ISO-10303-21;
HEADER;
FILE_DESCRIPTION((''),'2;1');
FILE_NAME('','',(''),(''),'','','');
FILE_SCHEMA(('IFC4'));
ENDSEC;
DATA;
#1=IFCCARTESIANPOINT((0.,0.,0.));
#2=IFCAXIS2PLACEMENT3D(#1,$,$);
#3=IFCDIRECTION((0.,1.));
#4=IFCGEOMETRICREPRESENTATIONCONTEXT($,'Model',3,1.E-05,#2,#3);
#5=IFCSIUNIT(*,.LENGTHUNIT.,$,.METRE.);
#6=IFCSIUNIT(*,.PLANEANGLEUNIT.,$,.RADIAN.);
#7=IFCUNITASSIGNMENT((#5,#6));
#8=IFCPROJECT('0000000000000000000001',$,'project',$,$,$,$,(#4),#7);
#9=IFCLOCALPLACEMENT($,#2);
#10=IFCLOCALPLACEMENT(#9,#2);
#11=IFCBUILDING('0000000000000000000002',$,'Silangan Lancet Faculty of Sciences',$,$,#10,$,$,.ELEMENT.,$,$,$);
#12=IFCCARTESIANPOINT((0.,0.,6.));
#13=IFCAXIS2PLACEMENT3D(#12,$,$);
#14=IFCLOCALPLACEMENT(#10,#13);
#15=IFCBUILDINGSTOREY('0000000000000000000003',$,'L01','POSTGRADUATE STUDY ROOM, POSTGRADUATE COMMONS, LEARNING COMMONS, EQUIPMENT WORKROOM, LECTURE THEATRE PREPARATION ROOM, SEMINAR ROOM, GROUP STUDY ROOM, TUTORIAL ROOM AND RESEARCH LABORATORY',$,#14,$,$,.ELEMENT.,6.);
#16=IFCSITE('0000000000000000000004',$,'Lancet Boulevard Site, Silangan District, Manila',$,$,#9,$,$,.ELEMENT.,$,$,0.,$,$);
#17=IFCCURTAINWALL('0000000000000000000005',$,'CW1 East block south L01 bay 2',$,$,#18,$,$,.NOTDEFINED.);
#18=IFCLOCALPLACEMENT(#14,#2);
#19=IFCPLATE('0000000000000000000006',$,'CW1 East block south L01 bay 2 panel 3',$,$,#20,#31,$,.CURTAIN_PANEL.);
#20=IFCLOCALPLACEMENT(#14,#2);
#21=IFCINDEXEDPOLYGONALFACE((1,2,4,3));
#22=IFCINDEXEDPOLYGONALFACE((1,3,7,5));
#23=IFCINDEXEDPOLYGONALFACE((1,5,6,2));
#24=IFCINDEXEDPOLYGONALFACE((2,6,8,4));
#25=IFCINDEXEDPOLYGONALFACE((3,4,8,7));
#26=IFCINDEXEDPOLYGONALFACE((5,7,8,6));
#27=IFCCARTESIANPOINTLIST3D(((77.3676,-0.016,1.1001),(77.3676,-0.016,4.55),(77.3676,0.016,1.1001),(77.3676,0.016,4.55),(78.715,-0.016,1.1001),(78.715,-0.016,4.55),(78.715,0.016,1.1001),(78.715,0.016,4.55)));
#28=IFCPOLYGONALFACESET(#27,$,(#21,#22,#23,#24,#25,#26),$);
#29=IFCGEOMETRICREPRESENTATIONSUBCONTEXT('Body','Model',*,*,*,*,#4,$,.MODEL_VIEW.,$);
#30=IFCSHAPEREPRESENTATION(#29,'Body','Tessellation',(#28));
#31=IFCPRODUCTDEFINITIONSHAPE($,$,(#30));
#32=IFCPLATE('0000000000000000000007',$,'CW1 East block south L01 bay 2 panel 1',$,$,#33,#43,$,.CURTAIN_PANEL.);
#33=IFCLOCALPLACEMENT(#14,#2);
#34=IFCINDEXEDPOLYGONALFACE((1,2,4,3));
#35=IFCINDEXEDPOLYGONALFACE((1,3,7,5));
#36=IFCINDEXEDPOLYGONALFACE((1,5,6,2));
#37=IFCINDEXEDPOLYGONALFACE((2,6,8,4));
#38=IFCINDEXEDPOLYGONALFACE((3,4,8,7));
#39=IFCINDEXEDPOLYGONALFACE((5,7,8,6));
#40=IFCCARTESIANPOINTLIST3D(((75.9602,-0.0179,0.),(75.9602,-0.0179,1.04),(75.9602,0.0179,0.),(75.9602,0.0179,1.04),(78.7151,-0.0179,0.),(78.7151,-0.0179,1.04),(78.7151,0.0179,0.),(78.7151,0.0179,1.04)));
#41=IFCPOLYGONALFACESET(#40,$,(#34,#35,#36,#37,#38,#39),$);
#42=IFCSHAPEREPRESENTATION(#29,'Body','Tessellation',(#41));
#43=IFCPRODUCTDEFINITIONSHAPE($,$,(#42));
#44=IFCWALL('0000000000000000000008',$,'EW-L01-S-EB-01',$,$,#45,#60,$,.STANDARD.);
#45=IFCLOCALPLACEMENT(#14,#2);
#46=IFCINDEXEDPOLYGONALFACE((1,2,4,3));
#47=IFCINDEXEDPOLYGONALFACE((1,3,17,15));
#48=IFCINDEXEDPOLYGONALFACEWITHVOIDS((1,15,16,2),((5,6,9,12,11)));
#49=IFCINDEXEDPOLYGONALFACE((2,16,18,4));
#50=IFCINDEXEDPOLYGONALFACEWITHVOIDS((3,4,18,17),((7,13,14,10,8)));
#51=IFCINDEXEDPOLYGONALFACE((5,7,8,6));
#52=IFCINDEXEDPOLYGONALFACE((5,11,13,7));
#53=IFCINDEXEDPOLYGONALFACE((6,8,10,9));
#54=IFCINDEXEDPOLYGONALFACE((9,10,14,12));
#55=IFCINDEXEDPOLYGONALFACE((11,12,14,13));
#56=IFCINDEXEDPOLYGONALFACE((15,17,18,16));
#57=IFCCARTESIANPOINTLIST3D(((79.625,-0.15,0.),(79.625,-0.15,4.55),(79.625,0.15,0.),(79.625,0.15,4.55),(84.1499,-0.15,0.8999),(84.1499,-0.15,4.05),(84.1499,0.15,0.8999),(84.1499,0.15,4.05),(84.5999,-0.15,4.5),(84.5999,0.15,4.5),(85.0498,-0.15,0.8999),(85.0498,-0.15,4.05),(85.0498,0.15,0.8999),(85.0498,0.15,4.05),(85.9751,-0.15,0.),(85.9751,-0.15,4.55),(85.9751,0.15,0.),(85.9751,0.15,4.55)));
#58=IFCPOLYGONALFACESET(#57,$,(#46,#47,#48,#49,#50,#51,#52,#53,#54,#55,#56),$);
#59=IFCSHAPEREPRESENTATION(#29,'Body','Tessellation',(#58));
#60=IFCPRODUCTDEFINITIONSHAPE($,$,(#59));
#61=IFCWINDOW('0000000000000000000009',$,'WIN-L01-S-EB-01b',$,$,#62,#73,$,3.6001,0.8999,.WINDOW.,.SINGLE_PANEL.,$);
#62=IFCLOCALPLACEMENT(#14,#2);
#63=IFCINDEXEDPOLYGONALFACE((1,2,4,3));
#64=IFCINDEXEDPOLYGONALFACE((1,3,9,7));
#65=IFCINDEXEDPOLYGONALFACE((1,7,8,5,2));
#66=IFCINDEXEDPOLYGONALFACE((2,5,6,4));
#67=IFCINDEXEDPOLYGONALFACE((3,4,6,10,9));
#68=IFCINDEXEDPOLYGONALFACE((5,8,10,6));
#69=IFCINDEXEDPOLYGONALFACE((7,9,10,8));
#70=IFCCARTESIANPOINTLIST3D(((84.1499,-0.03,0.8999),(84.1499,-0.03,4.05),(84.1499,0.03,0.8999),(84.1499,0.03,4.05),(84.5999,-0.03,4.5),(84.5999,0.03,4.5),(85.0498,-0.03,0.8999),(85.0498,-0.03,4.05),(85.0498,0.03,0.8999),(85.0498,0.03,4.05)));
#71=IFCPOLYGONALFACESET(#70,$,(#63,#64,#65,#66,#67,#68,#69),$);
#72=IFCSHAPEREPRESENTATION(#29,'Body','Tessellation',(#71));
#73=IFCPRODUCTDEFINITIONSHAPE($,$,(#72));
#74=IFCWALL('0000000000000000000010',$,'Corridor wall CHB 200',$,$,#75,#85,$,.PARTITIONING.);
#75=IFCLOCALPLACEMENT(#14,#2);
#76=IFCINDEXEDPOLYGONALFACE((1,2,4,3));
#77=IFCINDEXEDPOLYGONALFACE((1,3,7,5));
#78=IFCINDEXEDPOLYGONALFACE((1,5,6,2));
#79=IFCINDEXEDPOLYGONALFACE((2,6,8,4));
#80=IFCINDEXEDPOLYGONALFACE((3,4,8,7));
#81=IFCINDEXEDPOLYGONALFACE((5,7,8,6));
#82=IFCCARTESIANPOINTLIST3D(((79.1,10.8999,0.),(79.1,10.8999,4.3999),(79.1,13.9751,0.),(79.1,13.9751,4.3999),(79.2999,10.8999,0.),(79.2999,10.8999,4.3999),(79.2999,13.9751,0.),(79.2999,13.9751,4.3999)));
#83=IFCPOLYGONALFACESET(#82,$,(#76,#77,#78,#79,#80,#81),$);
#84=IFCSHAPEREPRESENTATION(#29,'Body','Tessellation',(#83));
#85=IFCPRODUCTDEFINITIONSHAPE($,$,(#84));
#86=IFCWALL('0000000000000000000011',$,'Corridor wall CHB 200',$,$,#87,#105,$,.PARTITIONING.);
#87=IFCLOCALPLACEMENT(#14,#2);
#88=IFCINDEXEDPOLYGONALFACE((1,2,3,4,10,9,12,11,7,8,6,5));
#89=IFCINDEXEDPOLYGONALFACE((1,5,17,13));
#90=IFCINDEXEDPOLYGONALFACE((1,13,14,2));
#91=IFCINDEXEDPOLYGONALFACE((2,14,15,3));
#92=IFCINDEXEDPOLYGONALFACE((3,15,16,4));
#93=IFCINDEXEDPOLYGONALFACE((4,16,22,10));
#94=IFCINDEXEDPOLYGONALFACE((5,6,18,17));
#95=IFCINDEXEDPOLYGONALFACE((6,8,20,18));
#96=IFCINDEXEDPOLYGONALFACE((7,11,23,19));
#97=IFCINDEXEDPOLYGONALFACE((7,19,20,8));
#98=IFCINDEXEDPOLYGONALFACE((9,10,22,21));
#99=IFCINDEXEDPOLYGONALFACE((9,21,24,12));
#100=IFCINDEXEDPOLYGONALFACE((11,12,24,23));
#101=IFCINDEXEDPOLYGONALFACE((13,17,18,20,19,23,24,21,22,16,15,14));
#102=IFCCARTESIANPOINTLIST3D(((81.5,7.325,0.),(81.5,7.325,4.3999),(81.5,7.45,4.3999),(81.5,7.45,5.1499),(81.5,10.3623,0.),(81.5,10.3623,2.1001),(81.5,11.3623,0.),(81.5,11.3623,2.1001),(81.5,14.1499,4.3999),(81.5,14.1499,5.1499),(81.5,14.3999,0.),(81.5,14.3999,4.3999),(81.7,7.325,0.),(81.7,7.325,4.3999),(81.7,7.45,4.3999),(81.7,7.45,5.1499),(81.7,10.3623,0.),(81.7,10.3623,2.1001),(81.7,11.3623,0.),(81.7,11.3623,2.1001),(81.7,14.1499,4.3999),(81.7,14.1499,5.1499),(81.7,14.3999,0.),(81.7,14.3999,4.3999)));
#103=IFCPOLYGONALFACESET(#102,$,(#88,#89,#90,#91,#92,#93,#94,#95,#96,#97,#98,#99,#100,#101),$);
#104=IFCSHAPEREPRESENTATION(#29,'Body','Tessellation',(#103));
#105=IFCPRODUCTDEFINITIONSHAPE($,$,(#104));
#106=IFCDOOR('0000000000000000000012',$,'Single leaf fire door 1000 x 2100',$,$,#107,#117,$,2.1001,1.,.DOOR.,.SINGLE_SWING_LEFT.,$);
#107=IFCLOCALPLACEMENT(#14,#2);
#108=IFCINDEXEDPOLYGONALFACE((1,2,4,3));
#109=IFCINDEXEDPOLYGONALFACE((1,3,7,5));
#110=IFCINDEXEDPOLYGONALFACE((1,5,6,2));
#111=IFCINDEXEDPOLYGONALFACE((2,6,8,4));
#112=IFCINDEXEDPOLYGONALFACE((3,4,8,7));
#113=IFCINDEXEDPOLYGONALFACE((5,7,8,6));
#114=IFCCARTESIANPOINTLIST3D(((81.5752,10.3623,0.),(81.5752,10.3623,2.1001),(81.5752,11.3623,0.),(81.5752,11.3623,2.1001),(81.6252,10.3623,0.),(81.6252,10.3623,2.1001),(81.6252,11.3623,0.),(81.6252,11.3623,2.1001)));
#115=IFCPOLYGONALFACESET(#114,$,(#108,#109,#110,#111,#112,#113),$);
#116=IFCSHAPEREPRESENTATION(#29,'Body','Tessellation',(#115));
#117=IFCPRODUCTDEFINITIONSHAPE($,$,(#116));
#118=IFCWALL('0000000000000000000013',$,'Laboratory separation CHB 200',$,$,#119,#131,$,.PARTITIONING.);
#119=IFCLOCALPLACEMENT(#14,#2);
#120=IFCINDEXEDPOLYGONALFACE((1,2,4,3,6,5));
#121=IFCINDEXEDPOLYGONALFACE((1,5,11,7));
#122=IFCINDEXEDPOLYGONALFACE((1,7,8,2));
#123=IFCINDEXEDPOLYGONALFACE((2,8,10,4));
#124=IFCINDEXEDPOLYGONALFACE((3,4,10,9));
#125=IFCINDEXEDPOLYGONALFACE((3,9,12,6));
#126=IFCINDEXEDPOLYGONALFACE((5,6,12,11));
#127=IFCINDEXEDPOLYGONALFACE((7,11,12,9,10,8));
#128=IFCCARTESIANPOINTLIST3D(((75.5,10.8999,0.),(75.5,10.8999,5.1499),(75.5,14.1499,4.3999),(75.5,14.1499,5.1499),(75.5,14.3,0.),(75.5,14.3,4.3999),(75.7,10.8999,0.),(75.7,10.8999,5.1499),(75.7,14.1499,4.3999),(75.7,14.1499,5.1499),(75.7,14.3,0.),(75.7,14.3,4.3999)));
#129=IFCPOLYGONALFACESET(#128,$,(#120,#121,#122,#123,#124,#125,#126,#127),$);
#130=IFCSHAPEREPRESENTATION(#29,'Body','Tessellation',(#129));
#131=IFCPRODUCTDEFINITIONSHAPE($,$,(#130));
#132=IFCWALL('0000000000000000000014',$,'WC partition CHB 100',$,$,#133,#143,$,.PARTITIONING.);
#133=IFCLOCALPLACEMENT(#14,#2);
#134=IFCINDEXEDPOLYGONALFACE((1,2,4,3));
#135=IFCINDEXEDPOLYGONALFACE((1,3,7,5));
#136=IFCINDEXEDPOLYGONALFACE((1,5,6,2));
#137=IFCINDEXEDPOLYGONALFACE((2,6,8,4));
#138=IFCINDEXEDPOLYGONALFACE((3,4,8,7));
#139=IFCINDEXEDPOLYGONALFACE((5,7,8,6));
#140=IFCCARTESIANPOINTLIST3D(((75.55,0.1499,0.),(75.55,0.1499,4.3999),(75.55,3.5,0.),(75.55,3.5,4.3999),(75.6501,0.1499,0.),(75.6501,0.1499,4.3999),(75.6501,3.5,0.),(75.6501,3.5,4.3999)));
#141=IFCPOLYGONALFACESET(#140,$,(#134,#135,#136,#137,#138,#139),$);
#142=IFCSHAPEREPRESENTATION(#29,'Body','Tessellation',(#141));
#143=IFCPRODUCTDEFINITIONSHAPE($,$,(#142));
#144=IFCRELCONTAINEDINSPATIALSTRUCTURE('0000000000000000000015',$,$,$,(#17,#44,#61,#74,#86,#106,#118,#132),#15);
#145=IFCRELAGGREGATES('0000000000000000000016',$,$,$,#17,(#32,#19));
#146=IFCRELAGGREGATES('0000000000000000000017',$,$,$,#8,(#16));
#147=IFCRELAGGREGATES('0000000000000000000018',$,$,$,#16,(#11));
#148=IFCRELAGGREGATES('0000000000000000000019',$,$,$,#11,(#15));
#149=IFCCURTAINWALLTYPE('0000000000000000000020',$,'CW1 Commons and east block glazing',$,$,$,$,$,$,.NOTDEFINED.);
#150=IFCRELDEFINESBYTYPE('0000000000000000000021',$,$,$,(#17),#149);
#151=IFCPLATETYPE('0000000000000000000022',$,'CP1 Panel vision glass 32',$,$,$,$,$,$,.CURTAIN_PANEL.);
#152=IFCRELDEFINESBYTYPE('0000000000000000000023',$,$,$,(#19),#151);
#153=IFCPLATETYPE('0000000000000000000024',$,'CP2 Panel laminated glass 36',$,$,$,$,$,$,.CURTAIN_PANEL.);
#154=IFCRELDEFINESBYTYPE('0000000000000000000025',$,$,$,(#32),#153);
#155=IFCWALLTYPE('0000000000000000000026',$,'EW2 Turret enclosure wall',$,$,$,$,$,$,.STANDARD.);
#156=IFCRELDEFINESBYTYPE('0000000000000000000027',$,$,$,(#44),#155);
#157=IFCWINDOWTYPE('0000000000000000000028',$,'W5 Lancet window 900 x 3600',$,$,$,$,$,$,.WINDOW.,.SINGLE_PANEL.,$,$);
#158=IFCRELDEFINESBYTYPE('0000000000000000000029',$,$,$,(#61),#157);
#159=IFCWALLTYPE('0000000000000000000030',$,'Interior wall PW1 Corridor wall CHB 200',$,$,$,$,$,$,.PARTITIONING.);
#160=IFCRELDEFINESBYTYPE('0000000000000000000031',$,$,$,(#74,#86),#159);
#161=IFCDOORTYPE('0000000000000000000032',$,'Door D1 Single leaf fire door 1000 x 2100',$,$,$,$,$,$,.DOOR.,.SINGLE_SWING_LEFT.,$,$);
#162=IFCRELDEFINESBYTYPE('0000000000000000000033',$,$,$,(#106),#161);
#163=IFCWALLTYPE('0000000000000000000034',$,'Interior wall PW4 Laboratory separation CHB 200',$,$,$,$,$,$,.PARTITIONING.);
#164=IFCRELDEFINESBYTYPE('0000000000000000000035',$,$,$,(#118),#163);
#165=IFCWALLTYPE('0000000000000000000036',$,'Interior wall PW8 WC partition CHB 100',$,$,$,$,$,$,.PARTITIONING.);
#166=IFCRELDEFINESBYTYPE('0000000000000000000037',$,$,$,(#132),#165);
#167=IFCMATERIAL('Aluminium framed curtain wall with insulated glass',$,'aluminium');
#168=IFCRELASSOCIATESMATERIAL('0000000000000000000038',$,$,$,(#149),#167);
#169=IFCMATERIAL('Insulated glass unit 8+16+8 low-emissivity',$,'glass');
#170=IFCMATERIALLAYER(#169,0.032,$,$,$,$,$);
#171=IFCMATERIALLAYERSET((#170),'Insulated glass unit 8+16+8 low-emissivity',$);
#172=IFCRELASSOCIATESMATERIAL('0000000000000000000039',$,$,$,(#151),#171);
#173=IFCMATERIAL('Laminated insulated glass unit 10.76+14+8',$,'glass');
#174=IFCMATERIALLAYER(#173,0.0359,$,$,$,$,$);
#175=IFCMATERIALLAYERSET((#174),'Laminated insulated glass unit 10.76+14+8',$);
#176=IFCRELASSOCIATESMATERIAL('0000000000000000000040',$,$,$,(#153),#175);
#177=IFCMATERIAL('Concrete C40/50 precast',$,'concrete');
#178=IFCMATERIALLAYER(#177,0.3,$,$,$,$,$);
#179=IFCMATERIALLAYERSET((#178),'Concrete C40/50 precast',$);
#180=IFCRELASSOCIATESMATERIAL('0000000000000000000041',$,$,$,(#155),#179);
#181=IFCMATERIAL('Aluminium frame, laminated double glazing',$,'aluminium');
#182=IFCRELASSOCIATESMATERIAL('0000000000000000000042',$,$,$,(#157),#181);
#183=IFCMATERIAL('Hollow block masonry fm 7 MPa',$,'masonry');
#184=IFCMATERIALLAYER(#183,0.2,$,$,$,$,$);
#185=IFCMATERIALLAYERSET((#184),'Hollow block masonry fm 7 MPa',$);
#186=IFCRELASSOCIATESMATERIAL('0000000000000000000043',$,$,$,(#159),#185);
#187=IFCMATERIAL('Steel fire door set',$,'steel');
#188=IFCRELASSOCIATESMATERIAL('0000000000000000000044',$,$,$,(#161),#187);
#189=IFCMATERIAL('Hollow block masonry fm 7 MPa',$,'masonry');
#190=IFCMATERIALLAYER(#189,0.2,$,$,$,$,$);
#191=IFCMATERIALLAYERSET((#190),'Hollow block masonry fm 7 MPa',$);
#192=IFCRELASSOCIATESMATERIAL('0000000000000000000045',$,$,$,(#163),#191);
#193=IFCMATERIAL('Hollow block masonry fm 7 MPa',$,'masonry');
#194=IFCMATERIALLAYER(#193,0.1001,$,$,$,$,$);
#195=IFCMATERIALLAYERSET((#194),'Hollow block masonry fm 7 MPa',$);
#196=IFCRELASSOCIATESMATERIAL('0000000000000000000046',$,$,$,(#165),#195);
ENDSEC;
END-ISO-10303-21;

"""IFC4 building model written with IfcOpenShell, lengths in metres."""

from ifc_helpers import new_model, si_unit, direction, frame, frame_2d, origin, origin_2d, place, context, subcontext, project, spatial, polyline, rectangle, outline, extrude, material, layer, layer_set, type_object, element, fill, aggregate, save


model = new_model("IFC4")

# Units and contexts
model_context = context("Model", 3, precision=1e-05, world=origin(), true_north=direction((0.0, 1.0)))
body_context = subcontext(model_context, "Body", "Model", "MODEL_VIEW")
ifc_project = project(units=[si_unit("LENGTHUNIT", "METRE"), si_unit("PLANEANGLEUNIT", "RADIAN")], contexts=[model_context])

# Site, building, storey
site_placement = place(None, origin())
site = spatial("IfcSite", under=ifc_project, at=site_placement, Name="Lancet Boulevard Site, Silangan District, Manila", CompositionType="ELEMENT", RefElevation=0.0)
building_placement = place(site_placement, origin())
building = spatial("IfcBuilding", under=site, at=building_placement, Name="Silangan Lancet Faculty of Sciences", CompositionType="ELEMENT")
storey_placement = place(building_placement, frame((0.0, 0.0, 6.0)))
storey = spatial("IfcBuildingStorey", under=building, at=storey_placement, Name="L01", Description="POSTGRADUATE STUDY ROOM, POSTGRADUATE COMMONS, LEARNING COMMONS, EQUIPMENT WORKROOM, LECTURE THEATRE PREPARATION ROOM, SEMINAR ROOM, GROUP STUDY ROOM, TUTORIAL ROOM AND RESEARCH LABORATORY", CompositionType="ELEMENT", Elevation=6.0)

# Shared definitions
ifc_material_1 = material(Name="Aluminium framed curtain wall with insulated glass", Category="aluminium")
curtain_wall_type = type_object("IfcCurtainWallType", Name="CW1 Commons and east block glazing", PredefinedType="NOTDEFINED", material=ifc_material_1)

# Curtain wall, plates
curtain_wall_1_placement = place(storey_placement, origin())
curtain_wall_1 = element("IfcCurtainWall", 1, at=curtain_wall_1_placement, inside=storey, type_object=curtain_wall_type, Name="CW1 East block south L01 bay 2", PredefinedType="NOTDEFINED")
ifc_material_2 = material(Name="Insulated glass unit 8+16+8 low-emissivity", Category="glass")
ifc_layer_1 = layer(ifc_material_2, 0.032)
ifc_layer_set_1 = layer_set([ifc_layer_1], Name="Insulated glass unit 8+16+8 low-emissivity")
plate_type_1 = type_object("IfcPlateType", Name="CP1 Panel vision glass 32", PredefinedType="CURTAIN_PANEL", material=ifc_layer_set_1)
plate_1_placement = place(storey_placement, frame((78.0413, 0.0, 1.1001), z_axis=(0.0, 0.0, 1.0), x_axis=(1.0, 0.0, 0.0)))
plate_1 = element("IfcPlate", 2, at=plate_1_placement, type_object=plate_type_1, Name="CW1 East block south L01 bay 2 panel 3", PredefinedType="CURTAIN_PANEL", context=body_context, shape_type="SweptSolid", body=[
    extrude(rectangle(XDim=1.3474, YDim=0.032, at=origin_2d()), origin(), (0.0, 0.0, 1.0), 3.45),
])
ifc_material_3 = material(Name="Laminated insulated glass unit 10.76+14+8", Category="glass")
ifc_layer_2 = layer(ifc_material_3, 0.0359)
ifc_layer_set_2 = layer_set([ifc_layer_2], Name="Laminated insulated glass unit 10.76+14+8")
plate_type_2 = type_object("IfcPlateType", Name="CP2 Panel laminated glass 36", PredefinedType="CURTAIN_PANEL", material=ifc_layer_set_2)
plate_2_placement = place(storey_placement, frame((77.3376, 0.0, 0.0), z_axis=(0.0, 0.0, 1.0), x_axis=(1.0, 0.0, 0.0)))
plate_2 = element("IfcPlate", 3, at=plate_2_placement, type_object=plate_type_2, Name="CW1 East block south L01 bay 2 panel 1", PredefinedType="CURTAIN_PANEL", context=body_context, shape_type="SweptSolid", body=[
    extrude(rectangle(XDim=2.7549, YDim=0.0359, at=origin_2d()), origin(), (0.0, 0.0, 1.0), 1.04),
])
aggregate(curtain_wall_1, [plate_2, plate_1])

# Wall, opening, window
ifc_material_4 = material(Name="Concrete C40/50 precast", Category="concrete")
ifc_layer_3 = layer(ifc_material_4, 0.3)
ifc_layer_set_3 = layer_set([ifc_layer_3], Name="Concrete C40/50 precast")
wall_type_1 = type_object("IfcWallType", Name="EW2 Turret enclosure wall", PredefinedType="STANDARD", material=ifc_layer_set_3)
wall_1_placement = place(storey_placement, frame((79.625, 0.0, 0.0), z_axis=(0.0, 0.0, 1.0), x_axis=(1.0, 0.0, 0.0)))
wall_1 = element("IfcWall", 4, at=wall_1_placement, inside=storey, type_object=wall_type_1, Name="EW-L01-S-EB-01", PredefinedType="STANDARD", context=body_context, shape_type="SweptSolid", body=[
    extrude(rectangle(XDim=6.3501, YDim=0.3, at=frame_2d((3.175, 0.0))), origin(), (0.0, 0.0, 1.0), 4.55),
])
opening_1_placement = place(wall_1_placement, frame((4.5249, 0.0, 0.8999)))
opening_1 = element("IfcOpeningElement", 5, at=opening_1_placement, cuts=wall_1, PredefinedType="OPENING", context=body_context, shape_type="SweptSolid", body=[
    extrude(outline(polyline([(0.0, 0.0), (0.8999, 0.0), (0.8999, 3.1501), (0.45, 3.6001), (0.0, 3.1501), (0.0, 0.0)])), frame((0.0, 0.1599, 0.0), z_axis=(0.0, -1.0, 0.0), x_axis=(1.0, 0.0, 0.0)), (0.0, 0.0, 1.0), 0.3201),
])
ifc_material_5 = material(Name="Aluminium frame, laminated double glazing", Category="aluminium")
window_type = type_object("IfcWindowType", Name="W5 Lancet window 900 x 3600", PartitioningType="SINGLE_PANEL", PredefinedType="WINDOW", material=ifc_material_5)
window_placement = place(opening_1_placement, origin())
window = element("IfcWindow", 6, at=window_placement, inside=storey, type_object=window_type, Name="WIN-L01-S-EB-01b", OverallHeight=3.6001, OverallWidth=0.8999, PartitioningType="SINGLE_PANEL", PredefinedType="WINDOW", context=body_context, shape_type="SweptSolid", body=[
    extrude(outline(polyline([(0.0, 0.0), (0.8999, 0.0), (0.8999, 3.1501), (0.45, 3.6001), (0.0, 3.1501), (0.0, 0.0)])), frame((0.0, 0.03, 0.0), z_axis=(0.0, -1.0, 0.0), x_axis=(1.0, 0.0, 0.0)), (0.0, 0.0, 1.0), 0.0601),
])
fill(opening_1, window)

# Wall
ifc_material_6 = material(Name="Hollow block masonry fm 7 MPa", Category="masonry")
ifc_layer_4 = layer(ifc_material_6, 0.2)
ifc_layer_set_4 = layer_set([ifc_layer_4], Name="Hollow block masonry fm 7 MPa")
wall_type_2 = type_object("IfcWallType", Name="Interior wall PW1 Corridor wall CHB 200", PredefinedType="PARTITIONING", material=ifc_layer_set_4)
wall_2_placement = place(storey_placement, frame((79.2, 10.8999, 0.0), z_axis=(0.0, 0.0, 1.0), x_axis=(0.0, 1.0, 0.0)))
element("IfcWall", 7, at=wall_2_placement, inside=storey, type_object=wall_type_2, Name="Corridor wall CHB 200", PredefinedType="PARTITIONING", context=body_context, shape_type="SweptSolid", body=[
    extrude(rectangle(XDim=3.0752, YDim=0.2, at=frame_2d((1.5376, 0.0))), origin(), (0.0, 0.0, 1.0), 4.3999),
])

# Wall, opening, door
wall_3_placement = place(storey_placement, frame((81.6001, 7.325, 0.0), z_axis=(0.0, 0.0, 1.0), x_axis=(0.0, 1.0, 0.0)))
wall_3 = element("IfcWall", 8, at=wall_3_placement, inside=storey, type_object=wall_type_2, Name="Corridor wall CHB 200", PredefinedType="PARTITIONING", context=body_context, shape_type="SweptSolid", body=[
    extrude(outline(polyline([(0.0, 0.0), (7.075, 0.0), (7.075, 4.3999), (6.825, 4.3999), (6.825, 5.1499), (0.125, 5.1499), (0.125, 4.3999), (0.0, 4.3999), (0.0, 0.0)])), frame((0.0, 0.1001, 0.0), z_axis=(0.0, -1.0, 0.0), x_axis=(1.0, 0.0, 0.0)), (0.0, 0.0, 1.0), 0.2),
])
opening_2_placement = place(wall_3_placement, frame((3.0374, 0.0, 0.0)))
opening_2 = element("IfcOpeningElement", 9, at=opening_2_placement, cuts=wall_3, PredefinedType="OPENING", context=body_context, shape_type="SweptSolid", body=[
    extrude(rectangle(XDim=1.0, YDim=2.1001, at=frame_2d((0.5, 1.05))), frame((0.0, 0.1099, 0.0), z_axis=(0.0, -1.0, 0.0), x_axis=(1.0, 0.0, 0.0)), (0.0, 0.0, 1.0), 0.22),
])
ifc_material_7 = material(Name="Steel fire door set", Category="steel")
door_type_1 = type_object("IfcDoorType", Name="Door D1 Single leaf fire door 1000 x 2100", OperationType="SINGLE_SWING_LEFT", PredefinedType="DOOR", material=ifc_material_7)
door_1_placement = place(opening_2_placement, frame((1.0, 0.0, 0.0), z_axis=(0.0, 0.0, 1.0), x_axis=(-1.0, 0.0, 0.0)))
door_1 = element("IfcDoor", 10, at=door_1_placement, inside=storey, type_object=door_type_1, Name="Single leaf fire door 1000 x 2100", OperationType="SINGLE_SWING_LEFT", OverallHeight=2.1001, OverallWidth=1.0, PredefinedType="DOOR", context=body_context, shape_type="SweptSolid", body=[
    extrude(rectangle(XDim=1.0, YDim=2.1001, at=frame_2d((0.5, 1.05))), frame((0.0, 0.0251, 0.0), z_axis=(0.0, -1.0, 0.0), x_axis=(1.0, 0.0, 0.0)), (0.0, 0.0, 1.0), 0.05),
])
fill(opening_2, door_1)

# Walls
ifc_material_8 = material(Name="Hollow block masonry fm 7 MPa", Category="masonry")
ifc_layer_5 = layer(ifc_material_8, 0.2)
ifc_layer_set_5 = layer_set([ifc_layer_5], Name="Hollow block masonry fm 7 MPa")
wall_type_3 = type_object("IfcWallType", Name="Interior wall PW4 Laboratory separation CHB 200", PredefinedType="PARTITIONING", material=ifc_layer_set_5)
wall_4_placement = place(storey_placement, frame((75.6001, 10.8999, 0.0), z_axis=(0.0, 0.0, 1.0), x_axis=(0.0, 1.0, 0.0)))
element("IfcWall", 11, at=wall_4_placement, inside=storey, type_object=wall_type_3, Name="Laboratory separation CHB 200", PredefinedType="PARTITIONING", context=body_context, shape_type="SweptSolid", body=[
    extrude(outline(polyline([(0.0, 0.0), (3.4001, 0.0), (3.4001, 4.3999), (3.25, 4.3999), (3.25, 5.1499), (0.0, 5.1499), (0.0, 0.0)])), frame((0.0, 0.1001, 0.0), z_axis=(0.0, -1.0, 0.0), x_axis=(1.0, 0.0, 0.0)), (0.0, 0.0, 1.0), 0.2),
])
ifc_material_9 = material(Name="Hollow block masonry fm 7 MPa", Category="masonry")
ifc_layer_6 = layer(ifc_material_9, 0.1001)
ifc_layer_set_6 = layer_set([ifc_layer_6], Name="Hollow block masonry fm 7 MPa")
wall_type_4 = type_object("IfcWallType", Name="Interior wall PW8 WC partition CHB 100", PredefinedType="PARTITIONING", material=ifc_layer_set_6)
wall_5_placement = place(storey_placement, frame((75.6001, 0.1499, 0.0), z_axis=(0.0, 0.0, 1.0), x_axis=(0.0, 1.0, 0.0)))
element("IfcWall", 12, at=wall_5_placement, inside=storey, type_object=wall_type_4, Name="WC partition CHB 100", PredefinedType="PARTITIONING", context=body_context, shape_type="SweptSolid", body=[
    extrude(rectangle(XDim=3.3501, YDim=0.1001, at=frame_2d((1.675, 0.0))), origin(), (0.0, 0.0, 1.0), 4.3999),
])

save(model, "model.ifc")
